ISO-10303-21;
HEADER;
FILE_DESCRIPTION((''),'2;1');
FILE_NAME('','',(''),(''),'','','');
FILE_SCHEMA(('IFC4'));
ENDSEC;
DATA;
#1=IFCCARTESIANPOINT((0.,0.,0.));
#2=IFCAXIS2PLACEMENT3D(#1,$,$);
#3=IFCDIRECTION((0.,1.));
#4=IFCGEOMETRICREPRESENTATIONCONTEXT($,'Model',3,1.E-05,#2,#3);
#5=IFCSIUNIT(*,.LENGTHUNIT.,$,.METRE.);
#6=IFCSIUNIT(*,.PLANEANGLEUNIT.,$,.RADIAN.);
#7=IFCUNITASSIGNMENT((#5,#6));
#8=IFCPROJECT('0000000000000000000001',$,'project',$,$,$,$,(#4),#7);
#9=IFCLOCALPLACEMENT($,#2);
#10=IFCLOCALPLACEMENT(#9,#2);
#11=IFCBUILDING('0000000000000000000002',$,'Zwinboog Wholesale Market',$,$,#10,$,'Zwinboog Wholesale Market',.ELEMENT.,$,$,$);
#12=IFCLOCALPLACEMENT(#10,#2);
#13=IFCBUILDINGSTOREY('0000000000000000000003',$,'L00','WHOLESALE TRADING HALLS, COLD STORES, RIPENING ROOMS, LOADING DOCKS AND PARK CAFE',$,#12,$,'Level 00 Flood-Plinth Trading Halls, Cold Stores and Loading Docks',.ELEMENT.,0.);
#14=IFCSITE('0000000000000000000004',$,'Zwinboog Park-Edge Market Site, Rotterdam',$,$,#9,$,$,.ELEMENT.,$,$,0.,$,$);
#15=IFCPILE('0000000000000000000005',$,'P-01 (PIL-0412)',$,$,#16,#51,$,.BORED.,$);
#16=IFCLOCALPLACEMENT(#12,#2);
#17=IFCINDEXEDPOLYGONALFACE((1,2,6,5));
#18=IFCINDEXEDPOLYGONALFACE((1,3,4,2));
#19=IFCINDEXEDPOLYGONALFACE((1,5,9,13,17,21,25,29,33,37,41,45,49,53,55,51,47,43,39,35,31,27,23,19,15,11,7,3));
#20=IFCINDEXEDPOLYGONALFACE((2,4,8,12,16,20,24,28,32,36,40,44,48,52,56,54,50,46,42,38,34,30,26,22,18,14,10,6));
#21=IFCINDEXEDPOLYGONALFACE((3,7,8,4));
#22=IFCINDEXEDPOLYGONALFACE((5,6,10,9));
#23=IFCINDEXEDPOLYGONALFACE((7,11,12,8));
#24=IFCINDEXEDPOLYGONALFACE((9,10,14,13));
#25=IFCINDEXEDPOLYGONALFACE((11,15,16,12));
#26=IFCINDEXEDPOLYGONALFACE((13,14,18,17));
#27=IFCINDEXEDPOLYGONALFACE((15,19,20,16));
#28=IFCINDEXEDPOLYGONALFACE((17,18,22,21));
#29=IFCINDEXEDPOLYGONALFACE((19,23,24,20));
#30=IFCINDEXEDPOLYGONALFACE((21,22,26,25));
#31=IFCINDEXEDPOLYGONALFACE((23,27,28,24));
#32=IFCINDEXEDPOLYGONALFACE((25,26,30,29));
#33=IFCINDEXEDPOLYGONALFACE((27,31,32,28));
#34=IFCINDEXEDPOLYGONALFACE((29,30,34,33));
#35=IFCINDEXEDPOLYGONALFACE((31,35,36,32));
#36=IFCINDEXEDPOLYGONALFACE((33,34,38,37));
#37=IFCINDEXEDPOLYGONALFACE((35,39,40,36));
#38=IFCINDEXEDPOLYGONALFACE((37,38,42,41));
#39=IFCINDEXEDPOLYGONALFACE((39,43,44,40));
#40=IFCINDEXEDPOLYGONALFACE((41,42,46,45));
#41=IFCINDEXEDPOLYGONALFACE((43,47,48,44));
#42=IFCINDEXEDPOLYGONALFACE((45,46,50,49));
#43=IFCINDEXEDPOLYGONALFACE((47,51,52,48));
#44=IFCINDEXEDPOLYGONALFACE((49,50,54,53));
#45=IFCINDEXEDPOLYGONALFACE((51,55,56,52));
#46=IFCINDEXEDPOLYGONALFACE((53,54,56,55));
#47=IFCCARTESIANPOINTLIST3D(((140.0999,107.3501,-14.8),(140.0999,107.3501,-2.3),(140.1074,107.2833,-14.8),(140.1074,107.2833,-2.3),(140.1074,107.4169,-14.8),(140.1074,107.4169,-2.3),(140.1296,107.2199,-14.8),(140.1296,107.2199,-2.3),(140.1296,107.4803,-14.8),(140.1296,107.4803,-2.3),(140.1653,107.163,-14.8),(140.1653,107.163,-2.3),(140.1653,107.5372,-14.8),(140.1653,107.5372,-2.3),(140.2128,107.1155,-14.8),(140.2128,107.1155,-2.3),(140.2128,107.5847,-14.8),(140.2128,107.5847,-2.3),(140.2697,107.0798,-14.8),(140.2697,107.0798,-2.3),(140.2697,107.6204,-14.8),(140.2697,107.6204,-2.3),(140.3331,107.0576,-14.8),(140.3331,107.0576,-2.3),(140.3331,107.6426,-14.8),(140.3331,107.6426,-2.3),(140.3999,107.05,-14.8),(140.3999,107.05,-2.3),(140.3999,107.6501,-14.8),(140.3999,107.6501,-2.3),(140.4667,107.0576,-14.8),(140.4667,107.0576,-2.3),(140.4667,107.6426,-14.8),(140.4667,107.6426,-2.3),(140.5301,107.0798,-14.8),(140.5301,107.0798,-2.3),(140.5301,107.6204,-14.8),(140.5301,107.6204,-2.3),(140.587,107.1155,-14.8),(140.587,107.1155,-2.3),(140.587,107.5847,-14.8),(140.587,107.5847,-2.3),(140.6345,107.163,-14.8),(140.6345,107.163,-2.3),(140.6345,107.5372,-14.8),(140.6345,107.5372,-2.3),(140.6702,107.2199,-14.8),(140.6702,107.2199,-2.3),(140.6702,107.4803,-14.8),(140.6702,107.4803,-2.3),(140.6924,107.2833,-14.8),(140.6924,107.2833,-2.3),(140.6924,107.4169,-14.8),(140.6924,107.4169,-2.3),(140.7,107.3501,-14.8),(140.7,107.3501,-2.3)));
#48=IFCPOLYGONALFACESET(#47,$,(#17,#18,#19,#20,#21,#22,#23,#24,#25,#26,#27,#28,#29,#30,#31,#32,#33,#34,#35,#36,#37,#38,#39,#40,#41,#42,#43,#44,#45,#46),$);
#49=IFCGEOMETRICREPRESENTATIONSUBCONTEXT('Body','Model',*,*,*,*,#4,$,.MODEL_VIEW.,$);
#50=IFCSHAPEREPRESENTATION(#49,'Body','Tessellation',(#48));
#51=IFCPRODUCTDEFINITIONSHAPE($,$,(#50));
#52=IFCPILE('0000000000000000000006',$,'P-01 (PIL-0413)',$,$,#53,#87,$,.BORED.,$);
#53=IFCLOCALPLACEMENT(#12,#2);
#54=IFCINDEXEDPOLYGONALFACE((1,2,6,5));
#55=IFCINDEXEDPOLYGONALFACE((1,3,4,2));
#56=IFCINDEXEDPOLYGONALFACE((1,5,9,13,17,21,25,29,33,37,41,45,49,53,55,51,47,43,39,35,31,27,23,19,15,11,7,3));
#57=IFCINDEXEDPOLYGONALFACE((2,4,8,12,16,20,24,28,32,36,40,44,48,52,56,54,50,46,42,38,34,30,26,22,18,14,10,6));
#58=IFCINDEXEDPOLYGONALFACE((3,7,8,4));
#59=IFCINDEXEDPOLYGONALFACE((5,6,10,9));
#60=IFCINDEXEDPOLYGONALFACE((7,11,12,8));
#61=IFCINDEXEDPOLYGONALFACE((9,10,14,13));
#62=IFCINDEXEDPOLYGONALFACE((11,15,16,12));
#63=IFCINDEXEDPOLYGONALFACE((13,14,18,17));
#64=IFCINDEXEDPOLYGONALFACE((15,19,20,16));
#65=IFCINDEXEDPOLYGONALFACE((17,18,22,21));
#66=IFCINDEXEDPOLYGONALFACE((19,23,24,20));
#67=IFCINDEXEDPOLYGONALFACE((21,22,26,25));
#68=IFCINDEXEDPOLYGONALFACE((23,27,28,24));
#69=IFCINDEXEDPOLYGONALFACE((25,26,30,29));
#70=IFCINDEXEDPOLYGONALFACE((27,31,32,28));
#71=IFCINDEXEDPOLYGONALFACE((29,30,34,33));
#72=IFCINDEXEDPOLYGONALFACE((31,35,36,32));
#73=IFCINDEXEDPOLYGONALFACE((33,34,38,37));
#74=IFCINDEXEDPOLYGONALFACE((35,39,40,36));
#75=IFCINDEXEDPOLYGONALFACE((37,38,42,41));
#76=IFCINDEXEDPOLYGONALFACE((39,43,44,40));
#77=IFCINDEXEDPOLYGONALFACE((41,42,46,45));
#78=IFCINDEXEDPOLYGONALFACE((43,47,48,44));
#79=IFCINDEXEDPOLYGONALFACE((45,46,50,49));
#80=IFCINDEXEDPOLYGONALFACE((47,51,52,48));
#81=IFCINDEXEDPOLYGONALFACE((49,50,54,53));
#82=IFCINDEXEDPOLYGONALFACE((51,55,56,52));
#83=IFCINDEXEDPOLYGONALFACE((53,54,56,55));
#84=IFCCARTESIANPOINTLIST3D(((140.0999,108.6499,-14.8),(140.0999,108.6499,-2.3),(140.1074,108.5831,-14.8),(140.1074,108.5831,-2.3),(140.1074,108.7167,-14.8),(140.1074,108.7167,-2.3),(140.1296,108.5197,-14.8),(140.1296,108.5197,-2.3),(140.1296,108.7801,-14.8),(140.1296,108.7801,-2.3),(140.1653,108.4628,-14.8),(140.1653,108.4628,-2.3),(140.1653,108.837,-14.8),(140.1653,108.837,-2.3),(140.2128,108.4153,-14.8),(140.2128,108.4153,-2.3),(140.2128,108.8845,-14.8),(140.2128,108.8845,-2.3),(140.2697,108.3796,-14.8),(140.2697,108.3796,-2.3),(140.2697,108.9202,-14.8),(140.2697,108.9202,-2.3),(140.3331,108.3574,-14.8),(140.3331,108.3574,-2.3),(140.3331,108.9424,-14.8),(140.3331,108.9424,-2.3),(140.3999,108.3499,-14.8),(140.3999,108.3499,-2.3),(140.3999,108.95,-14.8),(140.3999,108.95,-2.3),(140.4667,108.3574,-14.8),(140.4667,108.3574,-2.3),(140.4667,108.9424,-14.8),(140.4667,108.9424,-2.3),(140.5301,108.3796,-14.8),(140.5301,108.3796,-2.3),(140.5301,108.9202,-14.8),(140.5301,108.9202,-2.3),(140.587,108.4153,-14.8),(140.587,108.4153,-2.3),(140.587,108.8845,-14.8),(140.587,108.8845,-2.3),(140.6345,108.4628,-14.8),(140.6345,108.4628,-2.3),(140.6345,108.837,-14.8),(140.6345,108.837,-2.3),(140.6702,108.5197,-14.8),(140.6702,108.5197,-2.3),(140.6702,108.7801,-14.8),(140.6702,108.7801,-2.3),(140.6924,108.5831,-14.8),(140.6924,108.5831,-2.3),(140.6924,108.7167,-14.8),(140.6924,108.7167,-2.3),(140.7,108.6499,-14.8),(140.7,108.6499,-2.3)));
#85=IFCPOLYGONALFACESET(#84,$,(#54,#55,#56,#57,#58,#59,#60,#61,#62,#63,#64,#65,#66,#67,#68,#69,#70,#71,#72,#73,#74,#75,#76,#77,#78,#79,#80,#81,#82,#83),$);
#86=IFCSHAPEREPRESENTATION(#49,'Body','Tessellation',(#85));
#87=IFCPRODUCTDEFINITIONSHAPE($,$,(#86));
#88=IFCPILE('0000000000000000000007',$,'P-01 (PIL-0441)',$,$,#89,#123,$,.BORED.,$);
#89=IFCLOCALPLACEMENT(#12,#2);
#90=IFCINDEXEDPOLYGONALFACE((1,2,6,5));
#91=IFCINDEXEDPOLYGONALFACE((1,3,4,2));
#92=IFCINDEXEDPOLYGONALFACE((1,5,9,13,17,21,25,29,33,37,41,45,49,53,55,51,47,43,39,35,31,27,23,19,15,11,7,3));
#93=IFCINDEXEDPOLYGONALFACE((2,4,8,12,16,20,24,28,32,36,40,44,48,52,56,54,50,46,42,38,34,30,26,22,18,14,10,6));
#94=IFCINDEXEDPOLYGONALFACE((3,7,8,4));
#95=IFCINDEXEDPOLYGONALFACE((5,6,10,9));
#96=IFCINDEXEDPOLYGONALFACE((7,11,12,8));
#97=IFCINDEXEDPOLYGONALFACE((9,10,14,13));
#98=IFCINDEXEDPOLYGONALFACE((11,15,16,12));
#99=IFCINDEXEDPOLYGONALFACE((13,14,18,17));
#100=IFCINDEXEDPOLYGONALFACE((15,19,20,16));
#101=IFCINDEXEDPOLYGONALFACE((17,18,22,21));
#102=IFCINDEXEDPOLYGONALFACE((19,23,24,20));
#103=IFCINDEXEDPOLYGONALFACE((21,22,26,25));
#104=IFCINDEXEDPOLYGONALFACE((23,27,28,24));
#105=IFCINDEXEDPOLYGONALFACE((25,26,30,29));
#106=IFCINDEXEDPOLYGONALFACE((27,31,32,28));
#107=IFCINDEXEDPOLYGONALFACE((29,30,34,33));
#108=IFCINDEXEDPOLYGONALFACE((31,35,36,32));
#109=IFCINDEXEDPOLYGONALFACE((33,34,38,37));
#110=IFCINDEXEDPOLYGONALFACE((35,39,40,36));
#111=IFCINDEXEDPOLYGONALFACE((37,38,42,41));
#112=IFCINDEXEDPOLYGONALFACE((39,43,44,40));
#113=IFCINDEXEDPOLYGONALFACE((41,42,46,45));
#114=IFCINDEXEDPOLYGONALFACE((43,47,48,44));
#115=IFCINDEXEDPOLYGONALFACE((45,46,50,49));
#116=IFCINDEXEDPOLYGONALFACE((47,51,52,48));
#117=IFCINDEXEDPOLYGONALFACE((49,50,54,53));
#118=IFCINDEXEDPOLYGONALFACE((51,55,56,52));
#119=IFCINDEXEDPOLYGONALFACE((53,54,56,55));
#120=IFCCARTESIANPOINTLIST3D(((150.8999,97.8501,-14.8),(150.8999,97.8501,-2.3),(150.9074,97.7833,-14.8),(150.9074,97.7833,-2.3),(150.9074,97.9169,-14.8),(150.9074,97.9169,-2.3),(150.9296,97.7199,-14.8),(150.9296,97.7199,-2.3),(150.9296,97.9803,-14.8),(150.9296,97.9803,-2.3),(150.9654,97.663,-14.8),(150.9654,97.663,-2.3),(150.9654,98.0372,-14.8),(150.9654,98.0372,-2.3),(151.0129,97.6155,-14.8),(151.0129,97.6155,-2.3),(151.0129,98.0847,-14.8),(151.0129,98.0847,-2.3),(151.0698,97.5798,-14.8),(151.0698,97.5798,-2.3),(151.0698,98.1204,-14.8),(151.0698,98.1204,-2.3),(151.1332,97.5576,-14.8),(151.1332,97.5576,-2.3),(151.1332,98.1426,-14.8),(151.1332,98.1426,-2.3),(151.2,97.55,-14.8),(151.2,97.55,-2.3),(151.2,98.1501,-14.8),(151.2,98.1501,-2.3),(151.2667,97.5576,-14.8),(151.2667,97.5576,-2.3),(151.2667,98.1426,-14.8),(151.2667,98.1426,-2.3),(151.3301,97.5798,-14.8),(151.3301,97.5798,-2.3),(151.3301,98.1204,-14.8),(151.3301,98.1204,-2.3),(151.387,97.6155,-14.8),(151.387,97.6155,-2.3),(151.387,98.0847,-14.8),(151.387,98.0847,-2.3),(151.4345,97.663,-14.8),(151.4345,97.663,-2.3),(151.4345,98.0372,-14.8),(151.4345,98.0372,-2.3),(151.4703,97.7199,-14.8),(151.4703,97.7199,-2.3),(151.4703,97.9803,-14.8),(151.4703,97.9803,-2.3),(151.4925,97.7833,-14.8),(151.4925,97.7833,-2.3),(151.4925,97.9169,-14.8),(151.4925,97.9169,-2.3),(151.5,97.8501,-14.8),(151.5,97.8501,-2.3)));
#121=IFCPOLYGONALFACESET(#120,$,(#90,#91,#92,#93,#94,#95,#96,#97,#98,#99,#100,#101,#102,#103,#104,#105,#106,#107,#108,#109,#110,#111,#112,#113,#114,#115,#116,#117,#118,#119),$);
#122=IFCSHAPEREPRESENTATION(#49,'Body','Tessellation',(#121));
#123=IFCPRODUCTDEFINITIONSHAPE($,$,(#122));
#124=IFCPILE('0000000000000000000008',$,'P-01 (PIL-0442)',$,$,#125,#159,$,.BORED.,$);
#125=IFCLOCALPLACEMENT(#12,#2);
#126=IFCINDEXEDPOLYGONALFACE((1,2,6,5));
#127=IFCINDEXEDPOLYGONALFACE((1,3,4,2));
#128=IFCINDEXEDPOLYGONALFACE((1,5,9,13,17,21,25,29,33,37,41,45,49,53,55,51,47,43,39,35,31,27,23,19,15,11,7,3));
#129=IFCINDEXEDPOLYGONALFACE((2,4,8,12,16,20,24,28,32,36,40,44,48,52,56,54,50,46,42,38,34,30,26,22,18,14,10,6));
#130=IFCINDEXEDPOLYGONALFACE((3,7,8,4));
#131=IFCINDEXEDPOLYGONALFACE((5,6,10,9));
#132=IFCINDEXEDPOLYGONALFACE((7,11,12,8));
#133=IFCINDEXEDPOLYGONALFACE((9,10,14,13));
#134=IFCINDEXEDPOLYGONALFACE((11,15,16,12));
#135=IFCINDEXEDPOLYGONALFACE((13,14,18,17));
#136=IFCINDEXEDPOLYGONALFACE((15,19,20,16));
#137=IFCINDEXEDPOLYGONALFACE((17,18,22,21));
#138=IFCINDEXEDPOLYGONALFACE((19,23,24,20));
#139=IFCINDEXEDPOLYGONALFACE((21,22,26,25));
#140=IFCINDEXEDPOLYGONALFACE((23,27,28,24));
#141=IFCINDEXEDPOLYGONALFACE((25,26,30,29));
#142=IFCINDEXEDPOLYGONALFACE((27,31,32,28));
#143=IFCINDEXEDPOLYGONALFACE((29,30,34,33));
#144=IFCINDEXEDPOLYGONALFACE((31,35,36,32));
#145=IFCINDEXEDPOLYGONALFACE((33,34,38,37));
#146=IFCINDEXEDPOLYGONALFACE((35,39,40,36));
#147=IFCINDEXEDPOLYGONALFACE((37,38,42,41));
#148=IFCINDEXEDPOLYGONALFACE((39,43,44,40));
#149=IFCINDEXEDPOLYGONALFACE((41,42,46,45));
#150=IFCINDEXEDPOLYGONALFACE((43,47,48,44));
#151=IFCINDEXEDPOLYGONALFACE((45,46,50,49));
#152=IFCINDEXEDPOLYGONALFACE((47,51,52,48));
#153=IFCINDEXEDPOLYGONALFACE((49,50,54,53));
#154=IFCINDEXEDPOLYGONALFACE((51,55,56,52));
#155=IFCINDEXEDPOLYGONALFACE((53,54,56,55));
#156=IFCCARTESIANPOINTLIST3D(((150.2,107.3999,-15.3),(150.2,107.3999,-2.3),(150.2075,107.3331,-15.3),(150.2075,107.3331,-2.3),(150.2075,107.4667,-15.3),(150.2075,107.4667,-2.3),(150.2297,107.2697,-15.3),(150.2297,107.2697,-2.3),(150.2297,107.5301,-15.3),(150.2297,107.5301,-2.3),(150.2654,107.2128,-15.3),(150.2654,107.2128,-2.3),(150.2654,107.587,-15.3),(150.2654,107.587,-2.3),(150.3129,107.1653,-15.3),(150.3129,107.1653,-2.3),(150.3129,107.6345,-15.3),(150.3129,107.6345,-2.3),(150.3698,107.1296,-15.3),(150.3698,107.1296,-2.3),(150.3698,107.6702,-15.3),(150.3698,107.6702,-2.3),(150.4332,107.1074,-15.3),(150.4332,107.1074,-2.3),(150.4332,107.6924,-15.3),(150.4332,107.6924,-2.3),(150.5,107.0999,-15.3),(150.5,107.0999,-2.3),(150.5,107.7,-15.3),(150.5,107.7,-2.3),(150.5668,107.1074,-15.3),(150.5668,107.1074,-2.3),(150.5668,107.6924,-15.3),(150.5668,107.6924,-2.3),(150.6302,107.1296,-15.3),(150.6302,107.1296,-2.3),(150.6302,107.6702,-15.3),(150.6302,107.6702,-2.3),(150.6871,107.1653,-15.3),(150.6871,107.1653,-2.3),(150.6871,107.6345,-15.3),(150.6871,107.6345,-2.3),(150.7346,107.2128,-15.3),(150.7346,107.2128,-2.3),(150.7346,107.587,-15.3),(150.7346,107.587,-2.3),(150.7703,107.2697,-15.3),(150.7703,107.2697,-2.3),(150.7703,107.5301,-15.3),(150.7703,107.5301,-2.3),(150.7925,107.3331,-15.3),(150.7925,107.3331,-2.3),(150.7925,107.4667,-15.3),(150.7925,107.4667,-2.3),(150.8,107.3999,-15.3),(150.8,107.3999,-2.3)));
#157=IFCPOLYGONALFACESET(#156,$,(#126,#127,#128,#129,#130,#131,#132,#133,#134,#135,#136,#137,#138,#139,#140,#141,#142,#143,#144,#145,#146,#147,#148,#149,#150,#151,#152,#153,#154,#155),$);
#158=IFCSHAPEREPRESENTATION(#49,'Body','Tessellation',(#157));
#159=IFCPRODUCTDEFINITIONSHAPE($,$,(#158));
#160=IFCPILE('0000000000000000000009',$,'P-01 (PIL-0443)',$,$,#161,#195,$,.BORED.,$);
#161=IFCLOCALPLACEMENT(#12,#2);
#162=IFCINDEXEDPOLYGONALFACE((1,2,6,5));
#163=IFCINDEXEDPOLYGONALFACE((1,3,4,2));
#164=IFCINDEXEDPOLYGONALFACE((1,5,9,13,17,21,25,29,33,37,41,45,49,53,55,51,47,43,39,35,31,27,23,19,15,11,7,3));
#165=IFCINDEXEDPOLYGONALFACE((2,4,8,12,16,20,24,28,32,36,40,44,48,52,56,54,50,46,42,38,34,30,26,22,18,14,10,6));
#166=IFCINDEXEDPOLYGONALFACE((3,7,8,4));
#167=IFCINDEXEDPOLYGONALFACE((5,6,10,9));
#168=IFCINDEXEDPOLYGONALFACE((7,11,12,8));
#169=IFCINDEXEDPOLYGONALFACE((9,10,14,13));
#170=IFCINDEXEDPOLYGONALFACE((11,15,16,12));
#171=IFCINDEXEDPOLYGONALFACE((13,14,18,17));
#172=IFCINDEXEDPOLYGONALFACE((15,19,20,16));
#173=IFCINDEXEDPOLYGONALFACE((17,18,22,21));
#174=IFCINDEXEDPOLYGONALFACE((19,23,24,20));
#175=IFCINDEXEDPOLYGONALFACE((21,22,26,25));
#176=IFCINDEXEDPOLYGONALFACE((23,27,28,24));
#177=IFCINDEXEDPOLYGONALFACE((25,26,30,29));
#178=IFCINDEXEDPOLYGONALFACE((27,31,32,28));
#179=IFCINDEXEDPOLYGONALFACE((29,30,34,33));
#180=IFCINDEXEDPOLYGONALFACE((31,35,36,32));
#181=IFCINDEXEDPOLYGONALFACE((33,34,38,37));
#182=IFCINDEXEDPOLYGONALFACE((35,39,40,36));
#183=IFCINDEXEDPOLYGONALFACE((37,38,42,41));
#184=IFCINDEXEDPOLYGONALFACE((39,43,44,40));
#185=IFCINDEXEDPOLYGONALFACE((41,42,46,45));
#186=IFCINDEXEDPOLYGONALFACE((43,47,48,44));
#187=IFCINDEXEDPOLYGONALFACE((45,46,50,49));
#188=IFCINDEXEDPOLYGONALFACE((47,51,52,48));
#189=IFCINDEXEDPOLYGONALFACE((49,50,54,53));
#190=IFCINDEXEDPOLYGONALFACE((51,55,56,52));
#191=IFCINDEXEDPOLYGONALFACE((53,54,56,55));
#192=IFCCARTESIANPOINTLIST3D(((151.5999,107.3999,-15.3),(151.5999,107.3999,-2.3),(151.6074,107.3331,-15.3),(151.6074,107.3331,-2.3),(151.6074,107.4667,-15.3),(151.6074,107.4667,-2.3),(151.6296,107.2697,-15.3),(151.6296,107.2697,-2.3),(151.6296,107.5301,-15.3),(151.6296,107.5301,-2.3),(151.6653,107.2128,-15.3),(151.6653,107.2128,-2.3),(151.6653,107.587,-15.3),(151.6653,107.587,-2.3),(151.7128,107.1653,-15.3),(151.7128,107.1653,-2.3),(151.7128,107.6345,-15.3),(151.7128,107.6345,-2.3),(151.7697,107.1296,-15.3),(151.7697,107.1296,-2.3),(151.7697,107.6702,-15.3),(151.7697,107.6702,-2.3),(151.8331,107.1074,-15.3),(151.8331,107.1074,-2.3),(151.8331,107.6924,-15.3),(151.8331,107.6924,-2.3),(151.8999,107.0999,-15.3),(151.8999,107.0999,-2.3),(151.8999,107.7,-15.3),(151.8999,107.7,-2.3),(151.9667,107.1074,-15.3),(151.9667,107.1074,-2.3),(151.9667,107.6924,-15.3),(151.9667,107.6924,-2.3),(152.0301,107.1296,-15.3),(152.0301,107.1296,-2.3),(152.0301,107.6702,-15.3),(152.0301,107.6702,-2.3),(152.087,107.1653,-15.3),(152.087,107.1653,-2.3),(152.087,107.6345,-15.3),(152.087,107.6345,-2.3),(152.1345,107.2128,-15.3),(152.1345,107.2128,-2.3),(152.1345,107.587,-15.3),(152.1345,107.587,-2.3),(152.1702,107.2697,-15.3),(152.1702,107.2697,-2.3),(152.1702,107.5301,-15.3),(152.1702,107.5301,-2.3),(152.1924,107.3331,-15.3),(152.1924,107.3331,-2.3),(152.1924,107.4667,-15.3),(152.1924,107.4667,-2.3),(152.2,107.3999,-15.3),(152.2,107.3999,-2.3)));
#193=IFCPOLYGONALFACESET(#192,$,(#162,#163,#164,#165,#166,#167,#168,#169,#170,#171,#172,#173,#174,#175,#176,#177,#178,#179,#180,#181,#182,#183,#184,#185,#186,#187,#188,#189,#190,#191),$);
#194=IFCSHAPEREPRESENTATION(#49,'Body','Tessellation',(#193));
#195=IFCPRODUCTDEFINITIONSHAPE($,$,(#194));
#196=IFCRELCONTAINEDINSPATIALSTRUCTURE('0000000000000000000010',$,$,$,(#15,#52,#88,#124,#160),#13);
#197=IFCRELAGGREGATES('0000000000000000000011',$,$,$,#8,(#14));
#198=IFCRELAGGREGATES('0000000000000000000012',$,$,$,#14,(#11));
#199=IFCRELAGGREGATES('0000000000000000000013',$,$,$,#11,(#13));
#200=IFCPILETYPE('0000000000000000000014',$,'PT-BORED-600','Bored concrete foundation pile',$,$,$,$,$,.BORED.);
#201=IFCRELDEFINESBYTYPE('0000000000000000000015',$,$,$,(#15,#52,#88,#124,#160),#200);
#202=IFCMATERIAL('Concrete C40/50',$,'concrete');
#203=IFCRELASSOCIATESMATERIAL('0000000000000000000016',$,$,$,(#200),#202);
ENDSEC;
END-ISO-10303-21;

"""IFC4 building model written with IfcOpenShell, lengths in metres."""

from ifc_helpers import new_model, si_unit, direction, frame, origin, origin_2d, place, context, subcontext, project, spatial, circle, extrude, material, material_profile, profile_set, type_object, element, save


model = new_model("IFC4")

# Units and contexts
model_context = context("Model", 3, precision=1e-05, world=origin(), true_north=direction((0.0, 1.0)))
body_context = subcontext(model_context, "Body", "Model", "MODEL_VIEW")
ifc_project = project(units=[si_unit("LENGTHUNIT", "METRE"), si_unit("PLANEANGLEUNIT", "RADIAN")], contexts=[model_context])

# Site, building, storey
site_placement = place(None, origin())
site = spatial("IfcSite", under=ifc_project, at=site_placement, Name="Zwinboog Park-Edge Market Site, Rotterdam", CompositionType="ELEMENT", RefElevation=0.0)
building_placement = place(site_placement, origin())
building = spatial("IfcBuilding", under=site, at=building_placement, Name="Zwinboog Wholesale Market", LongName="Zwinboog Wholesale Market", CompositionType="ELEMENT")
storey_placement = place(building_placement, origin())
storey = spatial("IfcBuildingStorey", under=building, at=storey_placement, Name="L00", Description="WHOLESALE TRADING HALLS, COLD STORES, RIPENING ROOMS, LOADING DOCKS AND PARK CAFE", LongName="Level 00 Flood-Plinth Trading Halls, Cold Stores and Loading Docks", CompositionType="ELEMENT", Elevation=0.0)

# Piles
ifc_material_1 = material(Name="Concrete C40/50", Category="concrete")
ifc_material_profile_1 = material_profile(ifc_material_1, circle(Radius=0.3, at=origin_2d()), Name="PILE D600")
ifc_profile_set_1 = profile_set([ifc_material_profile_1], Name="Concrete C40/50")
pile_type_1 = type_object("IfcPileType", Name="PT-BORED-600", Description="Bored concrete foundation pile", PredefinedType="BORED", material=ifc_profile_set_1)
for number, where, z_axis, x_axis, name in (
    (1, (140.3999, 107.3501, -2.3), (0.0, 0.0, -1.0), (1.0, 0.0, 0.0), "P-01 (PIL-0412)"),
    (2, (140.3999, 108.6499, -2.3), (0.0, 0.0, -1.0), (1.0, 0.0, 0.0), "P-01 (PIL-0413)"),
    (3, (151.2, 97.8501, -2.3), (0.0, 0.0, -1.0), (1.0, 0.0, 0.0), "P-01 (PIL-0441)"),
):
    element("IfcPile", number, at=place(storey_placement, frame(where, z_axis=z_axis, x_axis=x_axis)), inside=storey, type_object=pile_type_1, Name=name, PredefinedType="BORED", context=body_context, shape_type="SweptSolid", body=[
        extrude(circle(Radius=0.3, at=origin_2d()), origin(), (0.0, 0.0, 1.0), 12.5),
    ])
for number, where, z_axis, x_axis, name in (
    (4, (150.5, 107.3999, -2.3), (0.0, 0.0, -1.0), (1.0, 0.0, 0.0), "P-01 (PIL-0442)"),
    (5, (151.8999, 107.3999, -2.3), (0.0, 0.0, -1.0), (1.0, 0.0, 0.0), "P-01 (PIL-0443)"),
):
    element("IfcPile", number, at=place(storey_placement, frame(where, z_axis=z_axis, x_axis=x_axis)), inside=storey, type_object=pile_type_1, Name=name, PredefinedType="BORED", context=body_context, shape_type="SweptSolid", body=[
        extrude(circle(Radius=0.3, at=origin_2d()), origin(), (0.0, 0.0, 1.0), 13.0),
    ])

save(model, "model.ifc")
